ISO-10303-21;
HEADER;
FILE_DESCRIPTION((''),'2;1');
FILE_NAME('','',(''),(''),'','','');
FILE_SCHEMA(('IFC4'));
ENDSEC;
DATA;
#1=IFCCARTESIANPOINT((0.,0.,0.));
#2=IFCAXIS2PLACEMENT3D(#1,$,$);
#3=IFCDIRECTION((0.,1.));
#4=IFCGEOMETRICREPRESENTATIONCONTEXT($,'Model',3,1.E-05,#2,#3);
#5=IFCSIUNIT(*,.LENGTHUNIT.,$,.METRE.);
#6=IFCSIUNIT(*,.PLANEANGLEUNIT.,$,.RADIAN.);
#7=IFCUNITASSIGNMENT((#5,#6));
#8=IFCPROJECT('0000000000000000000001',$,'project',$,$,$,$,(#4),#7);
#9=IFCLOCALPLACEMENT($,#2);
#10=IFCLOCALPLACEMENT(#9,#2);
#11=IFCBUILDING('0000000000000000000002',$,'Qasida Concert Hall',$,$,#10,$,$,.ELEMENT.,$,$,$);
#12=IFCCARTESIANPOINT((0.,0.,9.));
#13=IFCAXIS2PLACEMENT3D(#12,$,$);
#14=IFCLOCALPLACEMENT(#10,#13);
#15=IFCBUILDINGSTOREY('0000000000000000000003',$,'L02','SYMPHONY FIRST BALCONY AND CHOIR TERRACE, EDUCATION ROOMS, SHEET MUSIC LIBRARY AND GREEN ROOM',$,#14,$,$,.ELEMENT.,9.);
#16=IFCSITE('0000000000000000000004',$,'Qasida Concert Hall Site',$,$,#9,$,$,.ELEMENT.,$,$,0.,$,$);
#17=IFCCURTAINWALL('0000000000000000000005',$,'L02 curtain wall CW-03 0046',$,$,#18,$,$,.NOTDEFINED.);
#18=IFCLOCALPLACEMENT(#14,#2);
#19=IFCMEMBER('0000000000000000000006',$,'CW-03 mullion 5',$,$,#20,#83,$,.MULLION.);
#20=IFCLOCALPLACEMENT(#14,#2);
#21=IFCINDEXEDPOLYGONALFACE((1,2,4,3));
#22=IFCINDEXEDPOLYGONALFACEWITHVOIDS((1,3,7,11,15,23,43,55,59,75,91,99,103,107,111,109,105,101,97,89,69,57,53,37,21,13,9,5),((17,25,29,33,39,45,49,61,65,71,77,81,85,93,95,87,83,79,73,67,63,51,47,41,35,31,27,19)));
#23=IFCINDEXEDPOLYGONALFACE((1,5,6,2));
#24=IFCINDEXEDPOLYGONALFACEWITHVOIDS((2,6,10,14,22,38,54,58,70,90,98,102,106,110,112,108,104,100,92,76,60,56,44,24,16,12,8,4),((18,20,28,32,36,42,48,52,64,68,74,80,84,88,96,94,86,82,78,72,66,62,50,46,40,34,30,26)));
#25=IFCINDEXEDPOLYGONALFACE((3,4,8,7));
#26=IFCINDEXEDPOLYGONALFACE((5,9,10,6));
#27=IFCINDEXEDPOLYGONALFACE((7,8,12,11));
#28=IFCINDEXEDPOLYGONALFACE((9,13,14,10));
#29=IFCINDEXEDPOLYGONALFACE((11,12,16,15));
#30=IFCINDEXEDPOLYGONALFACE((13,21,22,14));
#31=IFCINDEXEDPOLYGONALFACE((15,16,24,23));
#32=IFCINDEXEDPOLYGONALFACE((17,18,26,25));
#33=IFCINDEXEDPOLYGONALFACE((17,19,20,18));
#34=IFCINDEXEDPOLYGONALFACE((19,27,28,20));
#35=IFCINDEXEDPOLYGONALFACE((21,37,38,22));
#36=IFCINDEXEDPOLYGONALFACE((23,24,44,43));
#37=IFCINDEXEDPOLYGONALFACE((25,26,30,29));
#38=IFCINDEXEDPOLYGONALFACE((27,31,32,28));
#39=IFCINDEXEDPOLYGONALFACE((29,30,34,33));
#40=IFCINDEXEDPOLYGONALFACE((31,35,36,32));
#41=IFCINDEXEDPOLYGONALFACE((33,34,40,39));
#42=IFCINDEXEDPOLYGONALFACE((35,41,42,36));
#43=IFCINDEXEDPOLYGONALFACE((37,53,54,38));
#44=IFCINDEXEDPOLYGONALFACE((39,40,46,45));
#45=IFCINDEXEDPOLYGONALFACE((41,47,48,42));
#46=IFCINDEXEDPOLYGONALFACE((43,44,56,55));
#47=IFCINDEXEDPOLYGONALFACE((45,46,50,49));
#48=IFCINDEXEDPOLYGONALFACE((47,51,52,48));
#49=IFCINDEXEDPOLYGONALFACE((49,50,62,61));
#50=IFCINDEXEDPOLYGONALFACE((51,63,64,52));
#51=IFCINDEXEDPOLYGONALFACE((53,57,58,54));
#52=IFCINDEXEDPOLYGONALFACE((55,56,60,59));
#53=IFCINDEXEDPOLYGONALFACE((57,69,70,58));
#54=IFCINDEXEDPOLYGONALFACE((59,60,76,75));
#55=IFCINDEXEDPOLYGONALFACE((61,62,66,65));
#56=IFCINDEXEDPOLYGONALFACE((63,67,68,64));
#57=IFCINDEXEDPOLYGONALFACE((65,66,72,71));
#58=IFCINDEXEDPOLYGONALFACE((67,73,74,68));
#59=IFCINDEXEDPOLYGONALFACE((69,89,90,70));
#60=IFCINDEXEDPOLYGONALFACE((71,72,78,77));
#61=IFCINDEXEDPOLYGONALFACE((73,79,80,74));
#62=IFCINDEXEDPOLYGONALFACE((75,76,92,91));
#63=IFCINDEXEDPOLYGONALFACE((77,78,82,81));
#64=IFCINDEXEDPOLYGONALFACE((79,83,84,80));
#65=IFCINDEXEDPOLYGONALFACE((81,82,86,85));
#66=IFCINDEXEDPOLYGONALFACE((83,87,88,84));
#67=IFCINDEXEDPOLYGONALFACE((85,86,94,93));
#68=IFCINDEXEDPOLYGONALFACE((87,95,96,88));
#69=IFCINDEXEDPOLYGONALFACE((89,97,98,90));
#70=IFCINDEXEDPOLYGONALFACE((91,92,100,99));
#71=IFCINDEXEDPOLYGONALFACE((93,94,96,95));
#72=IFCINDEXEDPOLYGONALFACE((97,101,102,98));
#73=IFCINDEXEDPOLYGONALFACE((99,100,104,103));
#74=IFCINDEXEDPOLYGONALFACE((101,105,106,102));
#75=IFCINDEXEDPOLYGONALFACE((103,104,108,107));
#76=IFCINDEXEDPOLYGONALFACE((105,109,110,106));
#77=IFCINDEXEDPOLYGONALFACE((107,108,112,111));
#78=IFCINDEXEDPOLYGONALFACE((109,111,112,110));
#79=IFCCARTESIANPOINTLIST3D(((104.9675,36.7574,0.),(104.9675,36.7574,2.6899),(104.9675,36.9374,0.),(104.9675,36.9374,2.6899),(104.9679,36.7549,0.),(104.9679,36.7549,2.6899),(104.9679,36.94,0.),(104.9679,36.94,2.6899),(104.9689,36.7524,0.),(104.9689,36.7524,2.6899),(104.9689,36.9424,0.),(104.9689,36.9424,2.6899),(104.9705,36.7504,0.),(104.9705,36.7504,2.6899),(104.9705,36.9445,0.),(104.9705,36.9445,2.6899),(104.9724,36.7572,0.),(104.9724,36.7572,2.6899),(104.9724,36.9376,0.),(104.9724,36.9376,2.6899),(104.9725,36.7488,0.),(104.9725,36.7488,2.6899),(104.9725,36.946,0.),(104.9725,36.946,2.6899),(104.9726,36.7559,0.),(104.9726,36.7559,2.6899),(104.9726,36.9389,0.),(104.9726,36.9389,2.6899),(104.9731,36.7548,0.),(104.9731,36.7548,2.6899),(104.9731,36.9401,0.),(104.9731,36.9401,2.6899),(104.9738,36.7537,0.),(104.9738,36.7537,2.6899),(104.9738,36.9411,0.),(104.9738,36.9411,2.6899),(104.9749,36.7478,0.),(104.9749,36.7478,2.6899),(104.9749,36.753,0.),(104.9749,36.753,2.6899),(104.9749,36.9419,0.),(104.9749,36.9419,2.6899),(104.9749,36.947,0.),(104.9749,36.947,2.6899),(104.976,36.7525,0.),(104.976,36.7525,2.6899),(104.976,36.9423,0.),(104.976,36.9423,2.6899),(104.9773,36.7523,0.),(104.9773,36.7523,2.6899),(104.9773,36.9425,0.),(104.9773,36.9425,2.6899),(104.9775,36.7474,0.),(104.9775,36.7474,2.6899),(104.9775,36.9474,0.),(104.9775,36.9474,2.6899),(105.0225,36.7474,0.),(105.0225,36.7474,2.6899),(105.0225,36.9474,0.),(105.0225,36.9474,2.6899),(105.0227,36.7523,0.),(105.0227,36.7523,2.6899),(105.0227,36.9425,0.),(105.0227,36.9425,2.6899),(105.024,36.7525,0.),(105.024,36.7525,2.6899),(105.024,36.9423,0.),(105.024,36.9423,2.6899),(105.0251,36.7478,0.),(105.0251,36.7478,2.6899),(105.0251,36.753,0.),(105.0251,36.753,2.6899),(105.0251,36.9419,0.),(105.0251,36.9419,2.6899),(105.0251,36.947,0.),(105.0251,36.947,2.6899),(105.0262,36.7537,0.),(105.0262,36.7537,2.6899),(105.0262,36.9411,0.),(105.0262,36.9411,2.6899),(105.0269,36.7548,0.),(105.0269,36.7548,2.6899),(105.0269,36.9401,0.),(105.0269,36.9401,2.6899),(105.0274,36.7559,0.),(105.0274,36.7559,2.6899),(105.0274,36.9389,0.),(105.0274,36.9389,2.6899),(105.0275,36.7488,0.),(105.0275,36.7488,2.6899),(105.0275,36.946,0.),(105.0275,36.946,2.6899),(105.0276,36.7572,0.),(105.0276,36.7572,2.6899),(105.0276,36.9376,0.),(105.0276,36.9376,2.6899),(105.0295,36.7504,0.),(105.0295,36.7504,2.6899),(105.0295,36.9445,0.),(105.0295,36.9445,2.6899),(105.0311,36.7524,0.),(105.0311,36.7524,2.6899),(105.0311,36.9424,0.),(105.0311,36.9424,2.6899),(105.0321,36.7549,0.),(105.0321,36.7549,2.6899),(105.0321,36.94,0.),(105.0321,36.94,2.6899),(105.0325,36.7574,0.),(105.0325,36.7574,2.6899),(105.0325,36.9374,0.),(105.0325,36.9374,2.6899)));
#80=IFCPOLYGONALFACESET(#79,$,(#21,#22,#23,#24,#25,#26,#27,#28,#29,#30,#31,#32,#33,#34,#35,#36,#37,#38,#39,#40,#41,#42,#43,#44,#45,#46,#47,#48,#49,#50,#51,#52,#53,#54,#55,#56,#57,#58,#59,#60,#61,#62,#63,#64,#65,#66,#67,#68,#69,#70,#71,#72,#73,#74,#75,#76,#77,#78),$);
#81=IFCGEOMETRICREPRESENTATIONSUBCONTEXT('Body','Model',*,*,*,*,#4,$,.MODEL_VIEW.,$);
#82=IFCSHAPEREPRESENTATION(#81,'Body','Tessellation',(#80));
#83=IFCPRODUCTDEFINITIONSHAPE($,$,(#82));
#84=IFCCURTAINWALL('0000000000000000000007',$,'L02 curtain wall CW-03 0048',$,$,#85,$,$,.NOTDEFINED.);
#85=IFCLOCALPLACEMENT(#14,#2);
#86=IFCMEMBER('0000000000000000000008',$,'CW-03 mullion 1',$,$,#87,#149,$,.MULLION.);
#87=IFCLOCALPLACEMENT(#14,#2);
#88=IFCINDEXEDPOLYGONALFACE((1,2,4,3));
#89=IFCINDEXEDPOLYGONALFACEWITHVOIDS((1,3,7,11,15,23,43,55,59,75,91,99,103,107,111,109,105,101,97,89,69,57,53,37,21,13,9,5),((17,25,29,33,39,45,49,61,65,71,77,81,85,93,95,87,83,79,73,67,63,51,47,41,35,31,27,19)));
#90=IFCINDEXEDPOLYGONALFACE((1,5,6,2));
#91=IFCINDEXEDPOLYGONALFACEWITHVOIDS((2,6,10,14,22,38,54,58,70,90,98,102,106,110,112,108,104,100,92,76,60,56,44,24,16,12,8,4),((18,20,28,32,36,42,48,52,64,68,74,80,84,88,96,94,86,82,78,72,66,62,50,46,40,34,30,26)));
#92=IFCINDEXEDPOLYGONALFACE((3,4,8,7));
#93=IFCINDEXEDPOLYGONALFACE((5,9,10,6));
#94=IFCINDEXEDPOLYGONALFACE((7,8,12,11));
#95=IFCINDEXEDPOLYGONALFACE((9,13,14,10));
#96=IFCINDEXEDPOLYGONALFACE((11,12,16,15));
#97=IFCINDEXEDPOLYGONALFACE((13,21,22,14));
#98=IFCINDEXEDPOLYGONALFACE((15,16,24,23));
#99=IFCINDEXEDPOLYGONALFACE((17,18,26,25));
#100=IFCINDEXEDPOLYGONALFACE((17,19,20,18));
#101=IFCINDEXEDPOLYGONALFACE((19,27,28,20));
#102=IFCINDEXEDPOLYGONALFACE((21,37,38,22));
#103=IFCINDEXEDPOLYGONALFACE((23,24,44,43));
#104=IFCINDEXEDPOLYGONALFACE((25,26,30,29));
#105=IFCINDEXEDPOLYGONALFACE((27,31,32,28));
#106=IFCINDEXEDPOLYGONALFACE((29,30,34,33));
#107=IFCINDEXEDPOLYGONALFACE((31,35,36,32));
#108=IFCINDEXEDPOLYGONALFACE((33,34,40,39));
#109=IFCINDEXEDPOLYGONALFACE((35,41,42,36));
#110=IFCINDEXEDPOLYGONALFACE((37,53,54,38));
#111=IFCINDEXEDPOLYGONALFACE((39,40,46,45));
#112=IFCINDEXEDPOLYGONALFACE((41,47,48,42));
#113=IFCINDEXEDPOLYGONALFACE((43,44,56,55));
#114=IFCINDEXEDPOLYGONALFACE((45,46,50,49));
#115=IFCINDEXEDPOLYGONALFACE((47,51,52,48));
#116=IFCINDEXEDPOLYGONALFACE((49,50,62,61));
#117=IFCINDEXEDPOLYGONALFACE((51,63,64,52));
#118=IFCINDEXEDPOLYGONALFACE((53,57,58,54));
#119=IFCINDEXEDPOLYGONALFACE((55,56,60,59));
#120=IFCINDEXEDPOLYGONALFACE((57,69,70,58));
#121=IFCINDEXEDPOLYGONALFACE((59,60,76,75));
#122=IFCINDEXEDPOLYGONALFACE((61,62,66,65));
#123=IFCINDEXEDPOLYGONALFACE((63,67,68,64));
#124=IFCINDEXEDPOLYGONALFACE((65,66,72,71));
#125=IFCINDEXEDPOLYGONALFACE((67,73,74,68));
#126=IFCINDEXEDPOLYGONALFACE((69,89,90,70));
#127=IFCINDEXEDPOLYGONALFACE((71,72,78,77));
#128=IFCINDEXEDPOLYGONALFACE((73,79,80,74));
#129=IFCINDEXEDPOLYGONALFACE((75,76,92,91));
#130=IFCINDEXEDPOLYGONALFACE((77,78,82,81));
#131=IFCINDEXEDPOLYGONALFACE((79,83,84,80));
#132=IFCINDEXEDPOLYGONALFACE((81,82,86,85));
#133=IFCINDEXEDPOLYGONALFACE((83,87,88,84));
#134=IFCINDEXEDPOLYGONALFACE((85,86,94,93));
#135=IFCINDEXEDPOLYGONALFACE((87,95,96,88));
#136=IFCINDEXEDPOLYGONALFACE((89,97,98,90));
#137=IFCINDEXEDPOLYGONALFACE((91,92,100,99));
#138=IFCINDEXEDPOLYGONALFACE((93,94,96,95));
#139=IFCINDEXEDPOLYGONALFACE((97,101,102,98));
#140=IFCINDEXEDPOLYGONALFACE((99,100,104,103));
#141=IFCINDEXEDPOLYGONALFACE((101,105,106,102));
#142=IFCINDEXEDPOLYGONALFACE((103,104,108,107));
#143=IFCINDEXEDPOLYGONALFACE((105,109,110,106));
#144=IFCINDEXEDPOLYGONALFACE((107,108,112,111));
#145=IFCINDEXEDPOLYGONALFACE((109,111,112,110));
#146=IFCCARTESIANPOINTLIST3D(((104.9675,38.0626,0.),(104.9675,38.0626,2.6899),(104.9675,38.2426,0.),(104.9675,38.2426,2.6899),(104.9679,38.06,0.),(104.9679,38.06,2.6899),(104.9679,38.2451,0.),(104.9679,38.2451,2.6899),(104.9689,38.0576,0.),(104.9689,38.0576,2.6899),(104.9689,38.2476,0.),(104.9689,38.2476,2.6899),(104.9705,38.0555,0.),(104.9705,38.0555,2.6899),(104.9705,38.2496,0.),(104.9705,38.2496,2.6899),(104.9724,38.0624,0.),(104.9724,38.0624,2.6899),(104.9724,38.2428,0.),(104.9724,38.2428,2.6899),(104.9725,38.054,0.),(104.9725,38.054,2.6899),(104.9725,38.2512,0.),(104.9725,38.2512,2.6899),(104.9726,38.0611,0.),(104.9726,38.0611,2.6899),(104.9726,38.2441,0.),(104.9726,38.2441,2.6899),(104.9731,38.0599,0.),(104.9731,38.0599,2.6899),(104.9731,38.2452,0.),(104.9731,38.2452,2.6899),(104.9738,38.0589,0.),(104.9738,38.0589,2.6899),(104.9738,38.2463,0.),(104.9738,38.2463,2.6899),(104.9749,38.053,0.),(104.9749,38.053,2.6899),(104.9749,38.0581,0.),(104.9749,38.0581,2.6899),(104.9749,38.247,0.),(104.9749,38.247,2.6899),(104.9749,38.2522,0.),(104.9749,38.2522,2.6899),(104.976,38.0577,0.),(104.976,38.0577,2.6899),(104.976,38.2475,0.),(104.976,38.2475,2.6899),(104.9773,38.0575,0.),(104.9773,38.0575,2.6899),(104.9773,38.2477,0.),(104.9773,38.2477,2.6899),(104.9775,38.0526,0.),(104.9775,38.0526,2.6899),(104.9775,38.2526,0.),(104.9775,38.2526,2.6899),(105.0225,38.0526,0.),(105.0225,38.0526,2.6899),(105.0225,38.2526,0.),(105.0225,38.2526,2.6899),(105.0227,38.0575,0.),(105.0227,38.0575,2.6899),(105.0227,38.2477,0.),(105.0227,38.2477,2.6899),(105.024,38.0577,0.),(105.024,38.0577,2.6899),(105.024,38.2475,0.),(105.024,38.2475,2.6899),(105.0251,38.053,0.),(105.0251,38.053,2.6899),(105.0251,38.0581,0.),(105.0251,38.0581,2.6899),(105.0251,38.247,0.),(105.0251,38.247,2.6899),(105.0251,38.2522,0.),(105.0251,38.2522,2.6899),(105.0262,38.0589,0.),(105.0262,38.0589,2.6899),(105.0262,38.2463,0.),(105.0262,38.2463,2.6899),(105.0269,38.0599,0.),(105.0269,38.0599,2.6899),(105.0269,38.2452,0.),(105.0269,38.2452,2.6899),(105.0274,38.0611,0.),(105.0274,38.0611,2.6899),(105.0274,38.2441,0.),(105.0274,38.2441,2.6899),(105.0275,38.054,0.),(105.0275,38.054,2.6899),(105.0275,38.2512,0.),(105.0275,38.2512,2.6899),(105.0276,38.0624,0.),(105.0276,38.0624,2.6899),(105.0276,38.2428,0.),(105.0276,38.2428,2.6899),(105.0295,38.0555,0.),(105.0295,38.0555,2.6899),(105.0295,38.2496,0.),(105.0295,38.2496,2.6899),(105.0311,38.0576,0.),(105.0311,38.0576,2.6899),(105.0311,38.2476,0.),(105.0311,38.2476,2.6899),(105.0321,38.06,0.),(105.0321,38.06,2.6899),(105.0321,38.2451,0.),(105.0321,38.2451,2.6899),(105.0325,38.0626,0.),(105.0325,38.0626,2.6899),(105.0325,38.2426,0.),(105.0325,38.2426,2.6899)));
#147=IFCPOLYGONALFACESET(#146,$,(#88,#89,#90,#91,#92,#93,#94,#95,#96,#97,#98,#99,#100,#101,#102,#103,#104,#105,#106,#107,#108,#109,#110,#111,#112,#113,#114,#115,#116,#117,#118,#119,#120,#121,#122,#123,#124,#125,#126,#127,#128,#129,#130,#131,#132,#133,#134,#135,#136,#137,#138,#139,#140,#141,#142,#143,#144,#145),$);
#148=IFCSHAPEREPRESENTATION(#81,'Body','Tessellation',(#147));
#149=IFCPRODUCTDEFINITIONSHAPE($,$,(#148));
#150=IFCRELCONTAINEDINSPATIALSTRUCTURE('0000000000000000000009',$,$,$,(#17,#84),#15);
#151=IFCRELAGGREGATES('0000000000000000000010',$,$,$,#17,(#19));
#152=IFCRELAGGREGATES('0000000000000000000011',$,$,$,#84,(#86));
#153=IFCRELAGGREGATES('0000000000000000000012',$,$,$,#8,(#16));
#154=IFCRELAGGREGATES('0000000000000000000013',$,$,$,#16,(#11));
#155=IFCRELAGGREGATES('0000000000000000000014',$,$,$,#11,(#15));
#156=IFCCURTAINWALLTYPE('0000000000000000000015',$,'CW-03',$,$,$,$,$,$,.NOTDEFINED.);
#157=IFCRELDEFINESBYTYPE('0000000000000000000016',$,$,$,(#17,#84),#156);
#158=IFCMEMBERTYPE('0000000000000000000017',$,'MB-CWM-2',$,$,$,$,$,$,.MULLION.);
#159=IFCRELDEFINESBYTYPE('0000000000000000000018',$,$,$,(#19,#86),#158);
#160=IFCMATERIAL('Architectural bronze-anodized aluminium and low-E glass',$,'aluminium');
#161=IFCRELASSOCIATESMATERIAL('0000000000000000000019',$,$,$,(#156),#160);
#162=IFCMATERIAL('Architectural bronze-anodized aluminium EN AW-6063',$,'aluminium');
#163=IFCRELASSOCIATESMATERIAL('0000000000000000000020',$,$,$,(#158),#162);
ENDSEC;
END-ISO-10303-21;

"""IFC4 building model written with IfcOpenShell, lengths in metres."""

from ifc_helpers import new_model, si_unit, direction, frame, origin, origin_2d, place, context, subcontext, project, spatial, hollow_rectangle, extrude, material, material_profile, profile_set, type_object, element, aggregate, save


model = new_model("IFC4")

# Units and contexts
model_context = context("Model", 3, precision=1e-05, world=origin(), true_north=direction((0.0, 1.0)))
body_context = subcontext(model_context, "Body", "Model", "MODEL_VIEW")
ifc_project = project(units=[si_unit("LENGTHUNIT", "METRE"), si_unit("PLANEANGLEUNIT", "RADIAN")], contexts=[model_context])

# Site, building, storey
site_placement = place(None, origin())
site = spatial("IfcSite", under=ifc_project, at=site_placement, Name="Qasida Concert Hall Site", CompositionType="ELEMENT", RefElevation=0.0)
building_placement = place(site_placement, origin())
building = spatial("IfcBuilding", under=site, at=building_placement, Name="Qasida Concert Hall", CompositionType="ELEMENT")
storey_placement = place(building_placement, frame((0.0, 0.0, 9.0)))
storey = spatial("IfcBuildingStorey", under=building, at=storey_placement, Name="L02", Description="SYMPHONY FIRST BALCONY AND CHOIR TERRACE, EDUCATION ROOMS, SHEET MUSIC LIBRARY AND GREEN ROOM", CompositionType="ELEMENT", Elevation=9.0)

# Curtain wall, member
ifc_material_1 = material(Name="Architectural bronze-anodized aluminium and low-E glass", Category="aluminium")
curtain_wall_type = type_object("IfcCurtainWallType", Name="CW-03", PredefinedType="NOTDEFINED", material=ifc_material_1)
curtain_wall_1_placement = place(storey_placement, origin())
curtain_wall_1 = element("IfcCurtainWall", 1, at=curtain_wall_1_placement, inside=storey, type_object=curtain_wall_type, Name="L02 curtain wall CW-03 0046", PredefinedType="NOTDEFINED")
ifc_material_2 = material(Name="Architectural bronze-anodized aluminium EN AW-6063", Category="aluminium")
ifc_material_profile_1 = material_profile(ifc_material_2, hollow_rectangle(XDim=0.0649, YDim=0.2, WallThickness=0.0049, InnerFilletRadius=0.0049, OuterFilletRadius=0.01, at=origin_2d()), Name="CWM 200x65x5")
ifc_profile_set_1 = profile_set([ifc_material_profile_1], Name="Architectural bronze-anodized aluminium EN AW-6063")
member_type_1 = type_object("IfcMemberType", Name="MB-CWM-2", PredefinedType="MULLION", material=ifc_profile_set_1)
member_1_placement = place(storey_placement, frame((105.0, 36.8474, 0.0), z_axis=(0.0, 0.0, 1.0), x_axis=(-1.0, 0.0, 0.0)))
member_1 = element("IfcMember", 2, at=member_1_placement, type_object=member_type_1, Name="CW-03 mullion 5", PredefinedType="MULLION", context=body_context, shape_type="SweptSolid", body=[
    extrude(hollow_rectangle(XDim=0.0649, YDim=0.2, WallThickness=0.0049, InnerFilletRadius=0.0049, OuterFilletRadius=0.01, at=origin_2d()), origin(), (0.0, 0.0, 1.0), 2.6899),
])

# Curtain wall, member
curtain_wall_2_placement = place(storey_placement, origin())
curtain_wall_2 = element("IfcCurtainWall", 3, at=curtain_wall_2_placement, inside=storey, type_object=curtain_wall_type, Name="L02 curtain wall CW-03 0048", PredefinedType="NOTDEFINED")
member_2_placement = place(storey_placement, frame((105.0, 38.1526, 0.0), z_axis=(0.0, 0.0, 1.0), x_axis=(-1.0, 0.0, 0.0)))
member_2 = element("IfcMember", 4, at=member_2_placement, type_object=member_type_1, Name="CW-03 mullion 1", PredefinedType="MULLION", context=body_context, shape_type="SweptSolid", body=[
    extrude(hollow_rectangle(XDim=0.0649, YDim=0.2, WallThickness=0.0049, InnerFilletRadius=0.0049, OuterFilletRadius=0.01, at=origin_2d()), origin(), (0.0, 0.0, 1.0), 2.6899),
])

aggregate(curtain_wall_1, [member_1])
aggregate(curtain_wall_2, [member_2])

save(model, "model.ifc")
